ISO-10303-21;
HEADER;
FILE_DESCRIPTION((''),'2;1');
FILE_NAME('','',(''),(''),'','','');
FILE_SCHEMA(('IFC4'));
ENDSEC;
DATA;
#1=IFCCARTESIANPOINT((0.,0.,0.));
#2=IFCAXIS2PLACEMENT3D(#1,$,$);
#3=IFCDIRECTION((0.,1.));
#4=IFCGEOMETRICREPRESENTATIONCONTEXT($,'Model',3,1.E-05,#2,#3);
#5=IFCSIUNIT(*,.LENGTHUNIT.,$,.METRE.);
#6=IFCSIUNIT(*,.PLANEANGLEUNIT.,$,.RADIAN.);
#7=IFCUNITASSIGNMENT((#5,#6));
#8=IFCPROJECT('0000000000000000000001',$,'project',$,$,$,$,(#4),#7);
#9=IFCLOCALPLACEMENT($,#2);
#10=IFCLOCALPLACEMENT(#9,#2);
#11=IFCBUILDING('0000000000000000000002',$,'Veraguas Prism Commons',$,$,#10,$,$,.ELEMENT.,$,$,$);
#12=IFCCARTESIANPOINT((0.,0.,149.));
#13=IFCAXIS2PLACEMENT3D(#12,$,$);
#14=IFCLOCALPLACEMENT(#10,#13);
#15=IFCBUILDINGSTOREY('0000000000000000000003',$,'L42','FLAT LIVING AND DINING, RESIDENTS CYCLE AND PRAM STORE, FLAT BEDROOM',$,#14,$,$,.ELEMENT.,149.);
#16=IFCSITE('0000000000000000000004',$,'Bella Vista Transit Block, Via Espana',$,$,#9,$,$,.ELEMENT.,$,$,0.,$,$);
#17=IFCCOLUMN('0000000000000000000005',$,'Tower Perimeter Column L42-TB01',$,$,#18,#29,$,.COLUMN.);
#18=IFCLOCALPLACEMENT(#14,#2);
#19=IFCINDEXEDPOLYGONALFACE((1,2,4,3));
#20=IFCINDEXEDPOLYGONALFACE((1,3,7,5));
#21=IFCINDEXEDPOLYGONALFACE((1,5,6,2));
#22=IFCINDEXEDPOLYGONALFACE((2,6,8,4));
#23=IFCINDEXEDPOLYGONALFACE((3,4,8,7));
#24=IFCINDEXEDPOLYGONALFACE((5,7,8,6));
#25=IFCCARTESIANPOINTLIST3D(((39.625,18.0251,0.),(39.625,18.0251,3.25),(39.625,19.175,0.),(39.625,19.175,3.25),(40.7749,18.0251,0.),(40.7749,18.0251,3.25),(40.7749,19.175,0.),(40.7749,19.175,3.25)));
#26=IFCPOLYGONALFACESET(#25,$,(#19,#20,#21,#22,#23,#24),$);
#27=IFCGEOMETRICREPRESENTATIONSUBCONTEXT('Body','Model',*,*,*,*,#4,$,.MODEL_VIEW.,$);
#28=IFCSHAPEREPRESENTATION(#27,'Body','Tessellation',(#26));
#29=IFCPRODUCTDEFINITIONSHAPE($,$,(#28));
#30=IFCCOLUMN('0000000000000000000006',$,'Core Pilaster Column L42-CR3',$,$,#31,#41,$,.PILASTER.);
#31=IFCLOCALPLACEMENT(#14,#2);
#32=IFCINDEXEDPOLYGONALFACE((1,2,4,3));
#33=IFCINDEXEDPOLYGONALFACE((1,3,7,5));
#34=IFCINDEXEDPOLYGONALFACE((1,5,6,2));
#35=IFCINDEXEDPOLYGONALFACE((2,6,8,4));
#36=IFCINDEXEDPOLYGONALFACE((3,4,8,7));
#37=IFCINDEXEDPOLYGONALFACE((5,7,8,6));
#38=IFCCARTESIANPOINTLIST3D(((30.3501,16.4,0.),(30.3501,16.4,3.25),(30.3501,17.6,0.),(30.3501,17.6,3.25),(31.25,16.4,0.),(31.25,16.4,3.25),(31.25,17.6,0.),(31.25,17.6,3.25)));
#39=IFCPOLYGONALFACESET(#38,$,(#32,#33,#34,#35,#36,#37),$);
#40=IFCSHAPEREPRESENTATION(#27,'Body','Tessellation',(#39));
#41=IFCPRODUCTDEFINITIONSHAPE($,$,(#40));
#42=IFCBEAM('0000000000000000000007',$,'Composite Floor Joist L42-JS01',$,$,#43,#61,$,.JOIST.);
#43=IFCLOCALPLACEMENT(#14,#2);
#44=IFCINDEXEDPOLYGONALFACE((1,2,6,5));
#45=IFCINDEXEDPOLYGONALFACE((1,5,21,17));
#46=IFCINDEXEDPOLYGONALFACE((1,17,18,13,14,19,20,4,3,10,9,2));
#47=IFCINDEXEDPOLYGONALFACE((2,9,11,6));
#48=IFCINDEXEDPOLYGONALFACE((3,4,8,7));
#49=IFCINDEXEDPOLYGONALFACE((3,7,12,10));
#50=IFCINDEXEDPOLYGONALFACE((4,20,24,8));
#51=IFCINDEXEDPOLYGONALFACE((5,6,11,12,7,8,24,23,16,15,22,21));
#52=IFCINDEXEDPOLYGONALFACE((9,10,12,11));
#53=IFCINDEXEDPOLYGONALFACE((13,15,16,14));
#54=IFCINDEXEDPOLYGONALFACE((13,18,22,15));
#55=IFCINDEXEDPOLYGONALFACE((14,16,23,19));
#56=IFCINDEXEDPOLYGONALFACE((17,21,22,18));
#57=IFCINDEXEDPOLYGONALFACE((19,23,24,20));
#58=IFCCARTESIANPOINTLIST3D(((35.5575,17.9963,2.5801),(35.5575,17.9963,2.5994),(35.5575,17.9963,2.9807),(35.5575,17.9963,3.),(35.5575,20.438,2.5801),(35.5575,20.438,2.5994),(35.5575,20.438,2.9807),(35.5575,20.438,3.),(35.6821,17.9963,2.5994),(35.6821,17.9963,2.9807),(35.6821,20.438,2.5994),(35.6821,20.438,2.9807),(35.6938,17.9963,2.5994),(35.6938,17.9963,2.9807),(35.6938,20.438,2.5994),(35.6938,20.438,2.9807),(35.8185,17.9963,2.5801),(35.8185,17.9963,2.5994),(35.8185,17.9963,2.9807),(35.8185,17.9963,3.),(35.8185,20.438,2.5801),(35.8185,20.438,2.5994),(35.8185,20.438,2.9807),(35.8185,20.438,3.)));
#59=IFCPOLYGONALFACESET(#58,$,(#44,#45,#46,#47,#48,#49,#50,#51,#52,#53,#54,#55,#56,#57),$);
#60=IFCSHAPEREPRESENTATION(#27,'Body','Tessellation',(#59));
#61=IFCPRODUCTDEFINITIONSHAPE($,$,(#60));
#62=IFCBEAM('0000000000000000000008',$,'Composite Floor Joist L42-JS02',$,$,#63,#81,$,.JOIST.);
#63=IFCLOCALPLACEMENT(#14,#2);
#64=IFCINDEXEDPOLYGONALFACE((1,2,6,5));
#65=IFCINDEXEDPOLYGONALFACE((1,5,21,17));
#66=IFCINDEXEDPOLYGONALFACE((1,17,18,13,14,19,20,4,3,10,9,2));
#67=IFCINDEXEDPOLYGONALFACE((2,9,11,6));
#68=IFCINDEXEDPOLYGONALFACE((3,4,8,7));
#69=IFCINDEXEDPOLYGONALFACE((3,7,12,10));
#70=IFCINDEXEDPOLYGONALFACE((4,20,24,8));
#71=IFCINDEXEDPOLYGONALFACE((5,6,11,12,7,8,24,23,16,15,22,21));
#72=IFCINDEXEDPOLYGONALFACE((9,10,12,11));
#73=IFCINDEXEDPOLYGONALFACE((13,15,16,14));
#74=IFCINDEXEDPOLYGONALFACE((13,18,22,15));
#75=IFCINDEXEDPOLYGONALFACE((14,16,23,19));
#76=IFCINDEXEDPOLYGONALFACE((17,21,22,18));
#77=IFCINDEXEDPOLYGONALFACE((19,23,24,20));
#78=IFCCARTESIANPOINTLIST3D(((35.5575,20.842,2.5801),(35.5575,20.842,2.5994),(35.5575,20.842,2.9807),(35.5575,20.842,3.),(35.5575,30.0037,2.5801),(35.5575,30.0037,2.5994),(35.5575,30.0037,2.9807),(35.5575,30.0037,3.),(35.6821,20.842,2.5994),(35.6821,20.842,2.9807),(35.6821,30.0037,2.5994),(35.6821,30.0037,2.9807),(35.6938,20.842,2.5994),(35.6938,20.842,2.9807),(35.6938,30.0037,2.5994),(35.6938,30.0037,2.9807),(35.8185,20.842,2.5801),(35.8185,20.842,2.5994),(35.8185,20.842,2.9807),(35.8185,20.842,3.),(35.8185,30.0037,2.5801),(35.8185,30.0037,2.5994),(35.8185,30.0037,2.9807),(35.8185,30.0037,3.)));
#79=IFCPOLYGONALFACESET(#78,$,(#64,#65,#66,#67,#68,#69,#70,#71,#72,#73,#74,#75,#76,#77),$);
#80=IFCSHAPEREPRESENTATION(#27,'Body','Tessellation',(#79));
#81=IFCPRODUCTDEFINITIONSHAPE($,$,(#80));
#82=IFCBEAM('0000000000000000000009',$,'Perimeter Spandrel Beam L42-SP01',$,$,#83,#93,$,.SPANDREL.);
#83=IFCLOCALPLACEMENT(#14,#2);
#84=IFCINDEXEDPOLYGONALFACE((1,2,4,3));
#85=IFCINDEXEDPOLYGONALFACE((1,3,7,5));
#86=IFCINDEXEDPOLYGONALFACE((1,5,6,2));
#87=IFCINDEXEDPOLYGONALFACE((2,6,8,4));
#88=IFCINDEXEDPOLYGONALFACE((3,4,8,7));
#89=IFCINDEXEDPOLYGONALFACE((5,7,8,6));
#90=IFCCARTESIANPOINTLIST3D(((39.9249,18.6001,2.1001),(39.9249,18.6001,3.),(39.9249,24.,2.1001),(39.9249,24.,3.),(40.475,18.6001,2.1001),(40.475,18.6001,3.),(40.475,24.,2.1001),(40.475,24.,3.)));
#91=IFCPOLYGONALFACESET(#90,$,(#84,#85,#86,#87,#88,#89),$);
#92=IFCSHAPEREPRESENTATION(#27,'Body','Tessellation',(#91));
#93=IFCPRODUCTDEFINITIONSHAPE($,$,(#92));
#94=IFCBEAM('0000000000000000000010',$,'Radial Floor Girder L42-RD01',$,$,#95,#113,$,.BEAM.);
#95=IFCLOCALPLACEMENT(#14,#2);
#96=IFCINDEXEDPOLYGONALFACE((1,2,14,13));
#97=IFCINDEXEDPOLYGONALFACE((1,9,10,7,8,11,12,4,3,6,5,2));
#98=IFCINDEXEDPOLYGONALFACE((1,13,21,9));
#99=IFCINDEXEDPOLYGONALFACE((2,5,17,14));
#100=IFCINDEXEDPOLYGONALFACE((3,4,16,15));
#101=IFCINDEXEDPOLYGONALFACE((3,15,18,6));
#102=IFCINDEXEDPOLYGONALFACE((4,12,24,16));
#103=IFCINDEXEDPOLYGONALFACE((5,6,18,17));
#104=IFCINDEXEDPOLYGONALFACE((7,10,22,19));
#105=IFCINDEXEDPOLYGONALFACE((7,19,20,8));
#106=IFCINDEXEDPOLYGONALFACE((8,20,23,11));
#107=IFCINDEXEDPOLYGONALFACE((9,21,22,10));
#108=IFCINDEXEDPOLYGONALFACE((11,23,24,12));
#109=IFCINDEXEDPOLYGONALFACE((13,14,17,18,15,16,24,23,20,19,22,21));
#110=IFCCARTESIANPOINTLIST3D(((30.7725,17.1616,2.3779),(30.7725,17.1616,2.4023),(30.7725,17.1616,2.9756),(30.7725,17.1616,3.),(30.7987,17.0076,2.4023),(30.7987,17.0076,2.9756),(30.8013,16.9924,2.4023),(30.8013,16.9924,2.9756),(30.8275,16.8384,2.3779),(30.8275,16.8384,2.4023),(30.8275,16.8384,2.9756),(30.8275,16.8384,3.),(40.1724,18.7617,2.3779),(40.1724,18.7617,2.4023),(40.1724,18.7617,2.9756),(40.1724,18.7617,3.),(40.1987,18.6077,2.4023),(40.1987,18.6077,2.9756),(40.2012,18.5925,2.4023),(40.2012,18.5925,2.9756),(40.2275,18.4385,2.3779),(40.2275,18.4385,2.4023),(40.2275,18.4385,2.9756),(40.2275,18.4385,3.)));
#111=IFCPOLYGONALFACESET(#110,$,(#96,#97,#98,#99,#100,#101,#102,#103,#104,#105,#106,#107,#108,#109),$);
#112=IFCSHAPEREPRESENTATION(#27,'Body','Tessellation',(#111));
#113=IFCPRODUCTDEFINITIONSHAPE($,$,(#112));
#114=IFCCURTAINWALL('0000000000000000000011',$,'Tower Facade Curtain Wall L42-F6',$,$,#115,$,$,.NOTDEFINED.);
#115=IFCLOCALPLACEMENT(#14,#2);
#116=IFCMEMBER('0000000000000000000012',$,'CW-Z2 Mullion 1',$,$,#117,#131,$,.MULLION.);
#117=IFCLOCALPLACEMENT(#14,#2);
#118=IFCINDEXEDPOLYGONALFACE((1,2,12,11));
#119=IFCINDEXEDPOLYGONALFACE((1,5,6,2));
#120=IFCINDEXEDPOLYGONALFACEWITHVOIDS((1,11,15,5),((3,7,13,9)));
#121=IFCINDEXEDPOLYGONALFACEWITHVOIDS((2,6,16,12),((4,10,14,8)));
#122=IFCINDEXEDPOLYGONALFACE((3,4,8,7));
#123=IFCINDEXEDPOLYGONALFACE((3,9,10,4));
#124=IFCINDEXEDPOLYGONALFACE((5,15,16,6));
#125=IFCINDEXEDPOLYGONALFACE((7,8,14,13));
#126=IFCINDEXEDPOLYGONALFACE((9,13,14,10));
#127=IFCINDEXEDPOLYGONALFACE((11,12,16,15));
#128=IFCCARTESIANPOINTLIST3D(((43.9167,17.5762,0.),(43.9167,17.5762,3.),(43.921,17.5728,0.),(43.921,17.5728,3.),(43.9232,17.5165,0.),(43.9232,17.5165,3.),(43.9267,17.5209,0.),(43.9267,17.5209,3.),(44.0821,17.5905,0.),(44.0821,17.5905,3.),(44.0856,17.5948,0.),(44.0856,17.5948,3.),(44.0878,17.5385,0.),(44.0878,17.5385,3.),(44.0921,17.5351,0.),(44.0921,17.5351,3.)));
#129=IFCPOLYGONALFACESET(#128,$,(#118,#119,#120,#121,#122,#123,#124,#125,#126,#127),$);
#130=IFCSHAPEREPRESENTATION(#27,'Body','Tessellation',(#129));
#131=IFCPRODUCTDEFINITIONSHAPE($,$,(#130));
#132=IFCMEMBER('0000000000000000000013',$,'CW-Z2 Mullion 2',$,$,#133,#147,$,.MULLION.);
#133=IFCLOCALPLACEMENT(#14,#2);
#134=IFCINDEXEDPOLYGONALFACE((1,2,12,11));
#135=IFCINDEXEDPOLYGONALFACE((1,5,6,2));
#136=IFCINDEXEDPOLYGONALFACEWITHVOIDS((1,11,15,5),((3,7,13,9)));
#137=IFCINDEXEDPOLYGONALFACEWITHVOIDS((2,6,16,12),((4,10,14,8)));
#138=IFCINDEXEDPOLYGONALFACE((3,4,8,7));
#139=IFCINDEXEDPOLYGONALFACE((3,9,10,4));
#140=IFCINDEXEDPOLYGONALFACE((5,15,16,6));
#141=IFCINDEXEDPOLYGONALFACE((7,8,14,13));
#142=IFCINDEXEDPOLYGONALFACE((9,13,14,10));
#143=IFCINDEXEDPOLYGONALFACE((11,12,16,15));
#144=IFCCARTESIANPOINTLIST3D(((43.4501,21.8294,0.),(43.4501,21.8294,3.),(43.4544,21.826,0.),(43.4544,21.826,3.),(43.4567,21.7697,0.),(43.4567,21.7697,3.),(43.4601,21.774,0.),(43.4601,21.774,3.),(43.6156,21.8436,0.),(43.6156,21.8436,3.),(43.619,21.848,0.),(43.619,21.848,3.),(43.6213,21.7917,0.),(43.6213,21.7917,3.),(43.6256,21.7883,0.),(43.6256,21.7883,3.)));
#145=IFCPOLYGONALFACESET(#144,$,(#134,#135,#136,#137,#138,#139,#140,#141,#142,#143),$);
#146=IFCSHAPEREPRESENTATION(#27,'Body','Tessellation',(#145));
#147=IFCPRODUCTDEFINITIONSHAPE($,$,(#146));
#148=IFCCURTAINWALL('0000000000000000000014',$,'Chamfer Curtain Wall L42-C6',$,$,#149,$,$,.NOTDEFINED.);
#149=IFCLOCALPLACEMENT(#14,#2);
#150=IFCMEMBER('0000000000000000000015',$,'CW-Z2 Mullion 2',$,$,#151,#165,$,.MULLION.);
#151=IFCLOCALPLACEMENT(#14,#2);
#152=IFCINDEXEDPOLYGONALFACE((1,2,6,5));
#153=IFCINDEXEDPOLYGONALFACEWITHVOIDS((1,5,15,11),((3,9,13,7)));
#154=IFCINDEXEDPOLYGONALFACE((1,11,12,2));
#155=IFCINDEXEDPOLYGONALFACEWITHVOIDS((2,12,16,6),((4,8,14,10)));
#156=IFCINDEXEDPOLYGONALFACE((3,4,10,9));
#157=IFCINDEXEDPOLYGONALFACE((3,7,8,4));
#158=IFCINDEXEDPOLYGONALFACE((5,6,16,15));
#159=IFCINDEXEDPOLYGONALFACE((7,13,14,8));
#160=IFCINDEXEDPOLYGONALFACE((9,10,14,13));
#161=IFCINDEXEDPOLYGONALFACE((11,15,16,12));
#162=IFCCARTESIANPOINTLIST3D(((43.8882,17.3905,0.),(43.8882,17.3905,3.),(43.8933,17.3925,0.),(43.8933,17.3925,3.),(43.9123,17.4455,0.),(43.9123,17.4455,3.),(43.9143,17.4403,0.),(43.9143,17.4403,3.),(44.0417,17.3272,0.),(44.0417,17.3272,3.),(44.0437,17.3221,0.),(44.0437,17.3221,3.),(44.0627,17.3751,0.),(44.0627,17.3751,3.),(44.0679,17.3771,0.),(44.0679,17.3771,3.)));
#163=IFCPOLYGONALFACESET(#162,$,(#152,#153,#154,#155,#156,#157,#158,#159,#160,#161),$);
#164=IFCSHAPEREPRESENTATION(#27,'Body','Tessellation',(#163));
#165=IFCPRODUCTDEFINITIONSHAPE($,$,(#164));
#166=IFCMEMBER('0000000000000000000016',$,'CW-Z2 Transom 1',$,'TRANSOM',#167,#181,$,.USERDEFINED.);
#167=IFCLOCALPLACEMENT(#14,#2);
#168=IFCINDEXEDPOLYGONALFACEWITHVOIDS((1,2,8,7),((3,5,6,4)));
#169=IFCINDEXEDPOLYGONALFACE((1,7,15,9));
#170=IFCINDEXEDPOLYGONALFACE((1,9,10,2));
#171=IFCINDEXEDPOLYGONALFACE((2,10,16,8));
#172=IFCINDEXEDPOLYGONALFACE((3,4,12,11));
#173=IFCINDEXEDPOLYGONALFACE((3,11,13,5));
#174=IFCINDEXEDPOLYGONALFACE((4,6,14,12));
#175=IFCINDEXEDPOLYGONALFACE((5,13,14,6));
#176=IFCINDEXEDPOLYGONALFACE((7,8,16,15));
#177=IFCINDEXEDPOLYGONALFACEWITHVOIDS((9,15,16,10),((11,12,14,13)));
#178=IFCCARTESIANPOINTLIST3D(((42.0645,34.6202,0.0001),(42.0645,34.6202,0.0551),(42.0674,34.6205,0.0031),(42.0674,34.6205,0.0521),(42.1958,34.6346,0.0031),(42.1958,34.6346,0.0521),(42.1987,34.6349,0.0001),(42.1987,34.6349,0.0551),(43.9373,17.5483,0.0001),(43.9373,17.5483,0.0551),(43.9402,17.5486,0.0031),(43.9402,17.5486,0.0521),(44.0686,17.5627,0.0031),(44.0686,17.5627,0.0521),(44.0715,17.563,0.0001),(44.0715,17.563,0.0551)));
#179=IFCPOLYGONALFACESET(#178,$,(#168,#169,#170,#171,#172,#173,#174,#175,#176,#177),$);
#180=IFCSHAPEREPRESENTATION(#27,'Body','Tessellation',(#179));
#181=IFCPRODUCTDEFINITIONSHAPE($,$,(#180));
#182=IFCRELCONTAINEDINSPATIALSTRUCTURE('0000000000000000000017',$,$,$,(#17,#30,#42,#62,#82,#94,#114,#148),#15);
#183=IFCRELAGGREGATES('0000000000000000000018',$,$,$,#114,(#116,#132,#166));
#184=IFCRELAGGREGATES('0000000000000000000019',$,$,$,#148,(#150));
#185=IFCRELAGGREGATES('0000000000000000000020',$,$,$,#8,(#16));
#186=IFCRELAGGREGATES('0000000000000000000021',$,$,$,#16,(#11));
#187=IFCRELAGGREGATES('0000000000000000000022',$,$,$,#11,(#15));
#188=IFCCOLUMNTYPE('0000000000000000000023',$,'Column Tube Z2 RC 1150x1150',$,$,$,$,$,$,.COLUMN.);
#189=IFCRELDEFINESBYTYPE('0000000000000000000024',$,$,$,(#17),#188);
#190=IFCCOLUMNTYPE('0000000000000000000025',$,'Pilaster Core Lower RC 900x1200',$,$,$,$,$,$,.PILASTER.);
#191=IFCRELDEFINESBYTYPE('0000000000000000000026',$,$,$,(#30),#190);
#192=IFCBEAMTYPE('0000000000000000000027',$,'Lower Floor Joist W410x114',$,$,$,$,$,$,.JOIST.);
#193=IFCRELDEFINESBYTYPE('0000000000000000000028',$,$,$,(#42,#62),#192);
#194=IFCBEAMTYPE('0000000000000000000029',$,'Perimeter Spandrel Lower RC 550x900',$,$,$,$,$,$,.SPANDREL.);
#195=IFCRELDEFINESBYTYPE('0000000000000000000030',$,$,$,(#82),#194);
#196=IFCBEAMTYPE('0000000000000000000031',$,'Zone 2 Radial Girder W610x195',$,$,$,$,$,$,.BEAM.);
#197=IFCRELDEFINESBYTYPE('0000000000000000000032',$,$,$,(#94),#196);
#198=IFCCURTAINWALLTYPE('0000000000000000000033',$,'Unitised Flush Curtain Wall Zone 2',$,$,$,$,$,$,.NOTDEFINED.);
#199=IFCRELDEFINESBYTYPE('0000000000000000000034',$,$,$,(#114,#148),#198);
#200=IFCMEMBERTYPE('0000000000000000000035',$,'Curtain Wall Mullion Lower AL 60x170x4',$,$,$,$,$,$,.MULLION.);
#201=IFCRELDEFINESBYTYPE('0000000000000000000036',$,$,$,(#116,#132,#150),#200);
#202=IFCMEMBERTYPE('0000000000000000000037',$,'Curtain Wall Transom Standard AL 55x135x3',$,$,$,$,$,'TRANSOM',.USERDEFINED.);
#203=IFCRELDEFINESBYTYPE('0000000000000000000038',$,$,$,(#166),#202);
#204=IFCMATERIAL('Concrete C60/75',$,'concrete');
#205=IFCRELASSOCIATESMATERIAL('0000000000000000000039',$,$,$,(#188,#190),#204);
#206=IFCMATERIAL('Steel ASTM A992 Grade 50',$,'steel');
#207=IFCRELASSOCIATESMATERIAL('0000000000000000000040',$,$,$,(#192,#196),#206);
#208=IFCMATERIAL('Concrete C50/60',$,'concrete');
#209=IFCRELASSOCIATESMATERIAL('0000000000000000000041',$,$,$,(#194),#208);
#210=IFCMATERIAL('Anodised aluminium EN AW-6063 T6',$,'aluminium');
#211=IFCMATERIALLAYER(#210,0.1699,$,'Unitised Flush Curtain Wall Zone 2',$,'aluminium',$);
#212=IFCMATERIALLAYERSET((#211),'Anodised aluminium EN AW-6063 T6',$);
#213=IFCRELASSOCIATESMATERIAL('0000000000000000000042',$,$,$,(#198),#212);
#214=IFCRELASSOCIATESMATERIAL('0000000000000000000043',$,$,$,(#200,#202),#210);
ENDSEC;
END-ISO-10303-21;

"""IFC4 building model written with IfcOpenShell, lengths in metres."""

from ifc_helpers import new_model, si_unit, direction, frame, origin, origin_2d, place, context, subcontext, project, spatial, rectangle, hollow_rectangle, i_section, extrude, source, transform, mapped, material, layer, layer_set, material_profile, profile_set, type_object, element, aggregate, save


model = new_model("IFC4")

# Units and contexts
model_context = context("Model", 3, precision=1e-05, world=origin(), true_north=direction((0.0, 1.0)))
body_context = subcontext(model_context, "Body", "Model", "MODEL_VIEW")
ifc_project = project(units=[si_unit("LENGTHUNIT", "METRE"), si_unit("PLANEANGLEUNIT", "RADIAN")], contexts=[model_context])

# Site, building, storey
site_placement = place(None, origin())
site = spatial("IfcSite", under=ifc_project, at=site_placement, Name="Bella Vista Transit Block, Via Espana", CompositionType="ELEMENT", RefElevation=0.0)
building_placement = place(site_placement, origin())
building = spatial("IfcBuilding", under=site, at=building_placement, Name="Veraguas Prism Commons", CompositionType="ELEMENT")
storey_placement = place(building_placement, frame((0.0, 0.0, 149.0)))
storey = spatial("IfcBuildingStorey", under=building, at=storey_placement, Name="L42", Description="FLAT LIVING AND DINING, RESIDENTS CYCLE AND PRAM STORE, FLAT BEDROOM", CompositionType="ELEMENT", Elevation=149.0)

# Columns
ifc_material_1 = material(Name="Concrete C60/75", Category="concrete")
ifc_material_profile_1 = material_profile(ifc_material_1, rectangle(XDim=1.1499, YDim=1.1499, at=origin_2d()), Name="RC1150X1150")
ifc_profile_set_1 = profile_set([ifc_material_profile_1], Name="Concrete C60/75")
column_type_1 = type_object("IfcColumnType", Name="Column Tube Z2 RC 1150x1150", PredefinedType="COLUMN", material=ifc_profile_set_1)
column_1_placement = place(storey_placement, frame((40.2, 18.6001, 0.0), z_axis=(0.0, 0.0, 1.0), x_axis=(1.0, 0.0, 0.0)))
element("IfcColumn", 1, at=column_1_placement, inside=storey, type_object=column_type_1, Name="Tower Perimeter Column L42-TB01", PredefinedType="COLUMN", context=body_context, shape_type="SweptSolid", body=[
    extrude(rectangle(XDim=1.1499, YDim=1.1499, at=origin_2d()), origin(), (0.0, 0.0, 1.0), 3.25),
])
ifc_material_profile_2 = material_profile(ifc_material_1, rectangle(XDim=0.8999, YDim=1.2, at=origin_2d()), Name="RC900X1200")
ifc_profile_set_2 = profile_set([ifc_material_profile_2], Name="Concrete C60/75")
column_type_2 = type_object("IfcColumnType", Name="Pilaster Core Lower RC 900x1200", PredefinedType="PILASTER", material=ifc_profile_set_2)
column_2_placement = place(storey_placement, frame((30.8, 17.0, 0.0), z_axis=(0.0, 0.0, 1.0), x_axis=(1.0, 0.0, 0.0)))
element("IfcColumn", 2, at=column_2_placement, inside=storey, type_object=column_type_2, Name="Core Pilaster Column L42-CR3", PredefinedType="PILASTER", context=body_context, shape_type="SweptSolid", body=[
    extrude(rectangle(XDim=0.8999, YDim=1.2, at=origin_2d()), origin(), (0.0, 0.0, 1.0), 3.25),
])

# Beams
ifc_material_2 = material(Name="Steel ASTM A992 Grade 50", Category="steel")
ifc_material_profile_3 = material_profile(ifc_material_2, i_section(OverallWidth=0.261, OverallDepth=0.4199, WebThickness=0.0117, FlangeThickness=0.0193, at=origin_2d()), Name="W410X114")
ifc_profile_set_3 = profile_set([ifc_material_profile_3], Name="Steel ASTM A992 Grade 50")
beam_type_1 = type_object("IfcBeamType", Name="Lower Floor Joist W410x114", PredefinedType="JOIST", material=ifc_profile_set_3)
beam_1_placement = place(storey_placement, frame((35.688, 17.9963, 2.79), z_axis=(0.0, 1.0, 0.0), x_axis=(-1.0, 0.0, 0.0)))
element("IfcBeam", 3, at=beam_1_placement, inside=storey, type_object=beam_type_1, Name="Composite Floor Joist L42-JS01", PredefinedType="JOIST", context=body_context, shape_type="SweptSolid", body=[
    extrude(i_section(OverallWidth=0.261, OverallDepth=0.4199, WebThickness=0.0117, FlangeThickness=0.0193, at=origin_2d()), origin(), (0.0, 0.0, 1.0), 2.4417),
])
beam_2_placement = place(storey_placement, frame((35.688, 20.842, 2.79), z_axis=(0.0, 1.0, 0.0), x_axis=(-1.0, 0.0, 0.0)))
element("IfcBeam", 4, at=beam_2_placement, inside=storey, type_object=beam_type_1, Name="Composite Floor Joist L42-JS02", PredefinedType="JOIST", context=body_context, shape_type="SweptSolid", body=[
    extrude(i_section(OverallWidth=0.261, OverallDepth=0.4199, WebThickness=0.0117, FlangeThickness=0.0193, at=origin_2d()), origin(), (0.0, 0.0, 1.0), 9.1616),
])
ifc_material_3 = material(Name="Concrete C50/60", Category="concrete")
ifc_material_profile_4 = material_profile(ifc_material_3, rectangle(XDim=0.55, YDim=0.8999, at=origin_2d()), Name="RC550X900")
ifc_profile_set_4 = profile_set([ifc_material_profile_4], Name="Concrete C50/60")
beam_type_2 = type_object("IfcBeamType", Name="Perimeter Spandrel Lower RC 550x900", PredefinedType="SPANDREL", material=ifc_profile_set_4)
beam_3_placement = place(storey_placement, frame((40.2, 18.6001, 2.55), z_axis=(0.0, 1.0, 0.0), x_axis=(-1.0, 0.0, 0.0)))
element("IfcBeam", 5, at=beam_3_placement, inside=storey, type_object=beam_type_2, Name="Perimeter Spandrel Beam L42-SP01", PredefinedType="SPANDREL", context=body_context, shape_type="SweptSolid", body=[
    extrude(rectangle(XDim=0.55, YDim=0.8999, at=origin_2d()), origin(), (0.0, 0.0, 1.0), 5.3999),
])
ifc_material_profile_5 = material_profile(ifc_material_2, i_section(OverallWidth=0.3279, OverallDepth=0.6221, WebThickness=0.0154, FlangeThickness=0.0244, at=origin_2d()), Name="W610X195")
ifc_profile_set_5 = profile_set([ifc_material_profile_5], Name="Steel ASTM A992 Grade 50")
beam_type_3 = type_object("IfcBeamType", Name="Zone 2 Radial Girder W610x195", PredefinedType="BEAM", material=ifc_profile_set_5)
beam_4_placement = place(storey_placement, frame((40.2, 18.6001, 2.689), z_axis=(-0.985819, -0.167811, 0.0), x_axis=(0.167811, -0.985819, 0.0)))
element("IfcBeam", 6, at=beam_4_placement, inside=storey, type_object=beam_type_3, Name="Radial Floor Girder L42-RD01", PredefinedType="BEAM", context=body_context, shape_type="SweptSolid", body=[
    extrude(i_section(OverallWidth=0.3279, OverallDepth=0.6221, WebThickness=0.0154, FlangeThickness=0.0244, at=origin_2d()), origin(), (0.0, 0.0, 1.0), 9.5352),
])

# Curtain wall, members
ifc_material_4 = material(Name="Anodised aluminium EN AW-6063 T6", Category="aluminium")
ifc_layer_1 = layer(ifc_material_4, 0.1699, Name="Unitised Flush Curtain Wall Zone 2", Category="aluminium")
ifc_layer_set_1 = layer_set([ifc_layer_1], Name="Anodised aluminium EN AW-6063 T6")
curtain_wall_type = type_object("IfcCurtainWallType", Name="Unitised Flush Curtain Wall Zone 2", PredefinedType="NOTDEFINED", material=ifc_layer_set_1)
curtain_wall_1_placement = place(storey_placement, origin())
curtain_wall_1 = element("IfcCurtainWall", 7, at=curtain_wall_1_placement, inside=storey, type_object=curtain_wall_type, Name="Tower Facade Curtain Wall L42-F6", PredefinedType="NOTDEFINED")
ifc_material_profile_6 = material_profile(ifc_material_4, hollow_rectangle(XDim=0.0601, YDim=0.1699, WallThickness=0.0039, at=origin_2d()), Name="AL60X170X4")
ifc_profile_set_6 = profile_set([ifc_material_profile_6], Name="Anodised aluminium EN AW-6063 T6")
member_type_1 = type_object("IfcMemberType", Name="Curtain Wall Mullion Lower AL 60x170x4", PredefinedType="MULLION", material=ifc_profile_set_6)
shared_shape_1 = source(origin(), body_context, "Body", "SweptSolid", [
    extrude(hollow_rectangle(XDim=0.0601, YDim=0.1699, WallThickness=0.0039, at=origin_2d()), origin(), (0.0, 0.0, 1.0), 3.0),
])
member_1_placement = place(storey_placement, frame((44.0044, 17.5557, 0.0), z_axis=(0.0, 0.0, 1.0), x_axis=(-0.109044, 0.994037, 0.0)))
member_1 = element("IfcMember", 8, at=member_1_placement, type_object=member_type_1, Name="CW-Z2 Mullion 1", PredefinedType="MULLION", context=body_context, shape_type="MappedRepresentation", body=[
    mapped(shared_shape_1, transform((0.0, 0.0, 0.0), scale=1.0)),
])
member_2_placement = place(storey_placement, frame((43.5378, 21.8088, 0.0), z_axis=(0.0, 0.0, 1.0), x_axis=(-0.109044, 0.994037, 0.0)))
member_2 = element("IfcMember", 9, at=member_2_placement, type_object=member_type_1, Name="CW-Z2 Mullion 2", PredefinedType="MULLION", context=body_context, shape_type="MappedRepresentation", body=[
    mapped(shared_shape_1, transform((0.0, 0.0, 0.0), scale=1.0)),
])

# Curtain wall, member
curtain_wall_2_placement = place(storey_placement, origin())
curtain_wall_2 = element("IfcCurtainWall", 10, at=curtain_wall_2_placement, inside=storey, type_object=curtain_wall_type, Name="Chamfer Curtain Wall L42-C6", PredefinedType="NOTDEFINED")
member_3_placement = place(storey_placement, frame((43.978, 17.3838, 0.0), z_axis=(0.0, 0.0, 1.0), x_axis=(0.402544, 0.915401, 0.0)))
member_3 = element("IfcMember", 11, at=member_3_placement, type_object=member_type_1, Name="CW-Z2 Mullion 2", PredefinedType="MULLION", context=body_context, shape_type="MappedRepresentation", body=[
    mapped(shared_shape_1, transform((0.0, 0.0, 0.0), scale=1.0)),
])

# Member
ifc_material_profile_7 = material_profile(ifc_material_4, hollow_rectangle(XDim=0.0549, YDim=0.135, WallThickness=0.0029, at=origin_2d()), Name="AL55X135X3")
ifc_profile_set_7 = profile_set([ifc_material_profile_7], Name="Anodised aluminium EN AW-6063 T6")
member_type_2 = type_object("IfcMemberType", Name="Curtain Wall Transom Standard AL 55x135x3", ElementType="TRANSOM", PredefinedType="USERDEFINED", material=ifc_profile_set_7)
shared_shape_2 = source(origin(), body_context, "Body", "SweptSolid", [
    extrude(hollow_rectangle(XDim=0.0549, YDim=0.135, WallThickness=0.0029, at=origin_2d()), origin(), (0.0, 0.0, 1.0), 17.1743),
])
member_4_placement = place(storey_placement, frame((44.0044, 17.5557, 0.0276), z_axis=(-0.109046, 0.994037, 0.0), x_axis=(0.0, 0.0, 1.0)))
member_4 = element("IfcMember", 12, at=member_4_placement, type_object=member_type_2, Name="CW-Z2 Transom 1", ObjectType="TRANSOM", PredefinedType="USERDEFINED", context=body_context, shape_type="MappedRepresentation", body=[
    mapped(shared_shape_2, transform((0.0, 0.0, 0.0), scale=1.0)),
])

aggregate(curtain_wall_1, [member_1, member_2, member_4])
aggregate(curtain_wall_2, [member_3])

save(model, "model.ifc")
